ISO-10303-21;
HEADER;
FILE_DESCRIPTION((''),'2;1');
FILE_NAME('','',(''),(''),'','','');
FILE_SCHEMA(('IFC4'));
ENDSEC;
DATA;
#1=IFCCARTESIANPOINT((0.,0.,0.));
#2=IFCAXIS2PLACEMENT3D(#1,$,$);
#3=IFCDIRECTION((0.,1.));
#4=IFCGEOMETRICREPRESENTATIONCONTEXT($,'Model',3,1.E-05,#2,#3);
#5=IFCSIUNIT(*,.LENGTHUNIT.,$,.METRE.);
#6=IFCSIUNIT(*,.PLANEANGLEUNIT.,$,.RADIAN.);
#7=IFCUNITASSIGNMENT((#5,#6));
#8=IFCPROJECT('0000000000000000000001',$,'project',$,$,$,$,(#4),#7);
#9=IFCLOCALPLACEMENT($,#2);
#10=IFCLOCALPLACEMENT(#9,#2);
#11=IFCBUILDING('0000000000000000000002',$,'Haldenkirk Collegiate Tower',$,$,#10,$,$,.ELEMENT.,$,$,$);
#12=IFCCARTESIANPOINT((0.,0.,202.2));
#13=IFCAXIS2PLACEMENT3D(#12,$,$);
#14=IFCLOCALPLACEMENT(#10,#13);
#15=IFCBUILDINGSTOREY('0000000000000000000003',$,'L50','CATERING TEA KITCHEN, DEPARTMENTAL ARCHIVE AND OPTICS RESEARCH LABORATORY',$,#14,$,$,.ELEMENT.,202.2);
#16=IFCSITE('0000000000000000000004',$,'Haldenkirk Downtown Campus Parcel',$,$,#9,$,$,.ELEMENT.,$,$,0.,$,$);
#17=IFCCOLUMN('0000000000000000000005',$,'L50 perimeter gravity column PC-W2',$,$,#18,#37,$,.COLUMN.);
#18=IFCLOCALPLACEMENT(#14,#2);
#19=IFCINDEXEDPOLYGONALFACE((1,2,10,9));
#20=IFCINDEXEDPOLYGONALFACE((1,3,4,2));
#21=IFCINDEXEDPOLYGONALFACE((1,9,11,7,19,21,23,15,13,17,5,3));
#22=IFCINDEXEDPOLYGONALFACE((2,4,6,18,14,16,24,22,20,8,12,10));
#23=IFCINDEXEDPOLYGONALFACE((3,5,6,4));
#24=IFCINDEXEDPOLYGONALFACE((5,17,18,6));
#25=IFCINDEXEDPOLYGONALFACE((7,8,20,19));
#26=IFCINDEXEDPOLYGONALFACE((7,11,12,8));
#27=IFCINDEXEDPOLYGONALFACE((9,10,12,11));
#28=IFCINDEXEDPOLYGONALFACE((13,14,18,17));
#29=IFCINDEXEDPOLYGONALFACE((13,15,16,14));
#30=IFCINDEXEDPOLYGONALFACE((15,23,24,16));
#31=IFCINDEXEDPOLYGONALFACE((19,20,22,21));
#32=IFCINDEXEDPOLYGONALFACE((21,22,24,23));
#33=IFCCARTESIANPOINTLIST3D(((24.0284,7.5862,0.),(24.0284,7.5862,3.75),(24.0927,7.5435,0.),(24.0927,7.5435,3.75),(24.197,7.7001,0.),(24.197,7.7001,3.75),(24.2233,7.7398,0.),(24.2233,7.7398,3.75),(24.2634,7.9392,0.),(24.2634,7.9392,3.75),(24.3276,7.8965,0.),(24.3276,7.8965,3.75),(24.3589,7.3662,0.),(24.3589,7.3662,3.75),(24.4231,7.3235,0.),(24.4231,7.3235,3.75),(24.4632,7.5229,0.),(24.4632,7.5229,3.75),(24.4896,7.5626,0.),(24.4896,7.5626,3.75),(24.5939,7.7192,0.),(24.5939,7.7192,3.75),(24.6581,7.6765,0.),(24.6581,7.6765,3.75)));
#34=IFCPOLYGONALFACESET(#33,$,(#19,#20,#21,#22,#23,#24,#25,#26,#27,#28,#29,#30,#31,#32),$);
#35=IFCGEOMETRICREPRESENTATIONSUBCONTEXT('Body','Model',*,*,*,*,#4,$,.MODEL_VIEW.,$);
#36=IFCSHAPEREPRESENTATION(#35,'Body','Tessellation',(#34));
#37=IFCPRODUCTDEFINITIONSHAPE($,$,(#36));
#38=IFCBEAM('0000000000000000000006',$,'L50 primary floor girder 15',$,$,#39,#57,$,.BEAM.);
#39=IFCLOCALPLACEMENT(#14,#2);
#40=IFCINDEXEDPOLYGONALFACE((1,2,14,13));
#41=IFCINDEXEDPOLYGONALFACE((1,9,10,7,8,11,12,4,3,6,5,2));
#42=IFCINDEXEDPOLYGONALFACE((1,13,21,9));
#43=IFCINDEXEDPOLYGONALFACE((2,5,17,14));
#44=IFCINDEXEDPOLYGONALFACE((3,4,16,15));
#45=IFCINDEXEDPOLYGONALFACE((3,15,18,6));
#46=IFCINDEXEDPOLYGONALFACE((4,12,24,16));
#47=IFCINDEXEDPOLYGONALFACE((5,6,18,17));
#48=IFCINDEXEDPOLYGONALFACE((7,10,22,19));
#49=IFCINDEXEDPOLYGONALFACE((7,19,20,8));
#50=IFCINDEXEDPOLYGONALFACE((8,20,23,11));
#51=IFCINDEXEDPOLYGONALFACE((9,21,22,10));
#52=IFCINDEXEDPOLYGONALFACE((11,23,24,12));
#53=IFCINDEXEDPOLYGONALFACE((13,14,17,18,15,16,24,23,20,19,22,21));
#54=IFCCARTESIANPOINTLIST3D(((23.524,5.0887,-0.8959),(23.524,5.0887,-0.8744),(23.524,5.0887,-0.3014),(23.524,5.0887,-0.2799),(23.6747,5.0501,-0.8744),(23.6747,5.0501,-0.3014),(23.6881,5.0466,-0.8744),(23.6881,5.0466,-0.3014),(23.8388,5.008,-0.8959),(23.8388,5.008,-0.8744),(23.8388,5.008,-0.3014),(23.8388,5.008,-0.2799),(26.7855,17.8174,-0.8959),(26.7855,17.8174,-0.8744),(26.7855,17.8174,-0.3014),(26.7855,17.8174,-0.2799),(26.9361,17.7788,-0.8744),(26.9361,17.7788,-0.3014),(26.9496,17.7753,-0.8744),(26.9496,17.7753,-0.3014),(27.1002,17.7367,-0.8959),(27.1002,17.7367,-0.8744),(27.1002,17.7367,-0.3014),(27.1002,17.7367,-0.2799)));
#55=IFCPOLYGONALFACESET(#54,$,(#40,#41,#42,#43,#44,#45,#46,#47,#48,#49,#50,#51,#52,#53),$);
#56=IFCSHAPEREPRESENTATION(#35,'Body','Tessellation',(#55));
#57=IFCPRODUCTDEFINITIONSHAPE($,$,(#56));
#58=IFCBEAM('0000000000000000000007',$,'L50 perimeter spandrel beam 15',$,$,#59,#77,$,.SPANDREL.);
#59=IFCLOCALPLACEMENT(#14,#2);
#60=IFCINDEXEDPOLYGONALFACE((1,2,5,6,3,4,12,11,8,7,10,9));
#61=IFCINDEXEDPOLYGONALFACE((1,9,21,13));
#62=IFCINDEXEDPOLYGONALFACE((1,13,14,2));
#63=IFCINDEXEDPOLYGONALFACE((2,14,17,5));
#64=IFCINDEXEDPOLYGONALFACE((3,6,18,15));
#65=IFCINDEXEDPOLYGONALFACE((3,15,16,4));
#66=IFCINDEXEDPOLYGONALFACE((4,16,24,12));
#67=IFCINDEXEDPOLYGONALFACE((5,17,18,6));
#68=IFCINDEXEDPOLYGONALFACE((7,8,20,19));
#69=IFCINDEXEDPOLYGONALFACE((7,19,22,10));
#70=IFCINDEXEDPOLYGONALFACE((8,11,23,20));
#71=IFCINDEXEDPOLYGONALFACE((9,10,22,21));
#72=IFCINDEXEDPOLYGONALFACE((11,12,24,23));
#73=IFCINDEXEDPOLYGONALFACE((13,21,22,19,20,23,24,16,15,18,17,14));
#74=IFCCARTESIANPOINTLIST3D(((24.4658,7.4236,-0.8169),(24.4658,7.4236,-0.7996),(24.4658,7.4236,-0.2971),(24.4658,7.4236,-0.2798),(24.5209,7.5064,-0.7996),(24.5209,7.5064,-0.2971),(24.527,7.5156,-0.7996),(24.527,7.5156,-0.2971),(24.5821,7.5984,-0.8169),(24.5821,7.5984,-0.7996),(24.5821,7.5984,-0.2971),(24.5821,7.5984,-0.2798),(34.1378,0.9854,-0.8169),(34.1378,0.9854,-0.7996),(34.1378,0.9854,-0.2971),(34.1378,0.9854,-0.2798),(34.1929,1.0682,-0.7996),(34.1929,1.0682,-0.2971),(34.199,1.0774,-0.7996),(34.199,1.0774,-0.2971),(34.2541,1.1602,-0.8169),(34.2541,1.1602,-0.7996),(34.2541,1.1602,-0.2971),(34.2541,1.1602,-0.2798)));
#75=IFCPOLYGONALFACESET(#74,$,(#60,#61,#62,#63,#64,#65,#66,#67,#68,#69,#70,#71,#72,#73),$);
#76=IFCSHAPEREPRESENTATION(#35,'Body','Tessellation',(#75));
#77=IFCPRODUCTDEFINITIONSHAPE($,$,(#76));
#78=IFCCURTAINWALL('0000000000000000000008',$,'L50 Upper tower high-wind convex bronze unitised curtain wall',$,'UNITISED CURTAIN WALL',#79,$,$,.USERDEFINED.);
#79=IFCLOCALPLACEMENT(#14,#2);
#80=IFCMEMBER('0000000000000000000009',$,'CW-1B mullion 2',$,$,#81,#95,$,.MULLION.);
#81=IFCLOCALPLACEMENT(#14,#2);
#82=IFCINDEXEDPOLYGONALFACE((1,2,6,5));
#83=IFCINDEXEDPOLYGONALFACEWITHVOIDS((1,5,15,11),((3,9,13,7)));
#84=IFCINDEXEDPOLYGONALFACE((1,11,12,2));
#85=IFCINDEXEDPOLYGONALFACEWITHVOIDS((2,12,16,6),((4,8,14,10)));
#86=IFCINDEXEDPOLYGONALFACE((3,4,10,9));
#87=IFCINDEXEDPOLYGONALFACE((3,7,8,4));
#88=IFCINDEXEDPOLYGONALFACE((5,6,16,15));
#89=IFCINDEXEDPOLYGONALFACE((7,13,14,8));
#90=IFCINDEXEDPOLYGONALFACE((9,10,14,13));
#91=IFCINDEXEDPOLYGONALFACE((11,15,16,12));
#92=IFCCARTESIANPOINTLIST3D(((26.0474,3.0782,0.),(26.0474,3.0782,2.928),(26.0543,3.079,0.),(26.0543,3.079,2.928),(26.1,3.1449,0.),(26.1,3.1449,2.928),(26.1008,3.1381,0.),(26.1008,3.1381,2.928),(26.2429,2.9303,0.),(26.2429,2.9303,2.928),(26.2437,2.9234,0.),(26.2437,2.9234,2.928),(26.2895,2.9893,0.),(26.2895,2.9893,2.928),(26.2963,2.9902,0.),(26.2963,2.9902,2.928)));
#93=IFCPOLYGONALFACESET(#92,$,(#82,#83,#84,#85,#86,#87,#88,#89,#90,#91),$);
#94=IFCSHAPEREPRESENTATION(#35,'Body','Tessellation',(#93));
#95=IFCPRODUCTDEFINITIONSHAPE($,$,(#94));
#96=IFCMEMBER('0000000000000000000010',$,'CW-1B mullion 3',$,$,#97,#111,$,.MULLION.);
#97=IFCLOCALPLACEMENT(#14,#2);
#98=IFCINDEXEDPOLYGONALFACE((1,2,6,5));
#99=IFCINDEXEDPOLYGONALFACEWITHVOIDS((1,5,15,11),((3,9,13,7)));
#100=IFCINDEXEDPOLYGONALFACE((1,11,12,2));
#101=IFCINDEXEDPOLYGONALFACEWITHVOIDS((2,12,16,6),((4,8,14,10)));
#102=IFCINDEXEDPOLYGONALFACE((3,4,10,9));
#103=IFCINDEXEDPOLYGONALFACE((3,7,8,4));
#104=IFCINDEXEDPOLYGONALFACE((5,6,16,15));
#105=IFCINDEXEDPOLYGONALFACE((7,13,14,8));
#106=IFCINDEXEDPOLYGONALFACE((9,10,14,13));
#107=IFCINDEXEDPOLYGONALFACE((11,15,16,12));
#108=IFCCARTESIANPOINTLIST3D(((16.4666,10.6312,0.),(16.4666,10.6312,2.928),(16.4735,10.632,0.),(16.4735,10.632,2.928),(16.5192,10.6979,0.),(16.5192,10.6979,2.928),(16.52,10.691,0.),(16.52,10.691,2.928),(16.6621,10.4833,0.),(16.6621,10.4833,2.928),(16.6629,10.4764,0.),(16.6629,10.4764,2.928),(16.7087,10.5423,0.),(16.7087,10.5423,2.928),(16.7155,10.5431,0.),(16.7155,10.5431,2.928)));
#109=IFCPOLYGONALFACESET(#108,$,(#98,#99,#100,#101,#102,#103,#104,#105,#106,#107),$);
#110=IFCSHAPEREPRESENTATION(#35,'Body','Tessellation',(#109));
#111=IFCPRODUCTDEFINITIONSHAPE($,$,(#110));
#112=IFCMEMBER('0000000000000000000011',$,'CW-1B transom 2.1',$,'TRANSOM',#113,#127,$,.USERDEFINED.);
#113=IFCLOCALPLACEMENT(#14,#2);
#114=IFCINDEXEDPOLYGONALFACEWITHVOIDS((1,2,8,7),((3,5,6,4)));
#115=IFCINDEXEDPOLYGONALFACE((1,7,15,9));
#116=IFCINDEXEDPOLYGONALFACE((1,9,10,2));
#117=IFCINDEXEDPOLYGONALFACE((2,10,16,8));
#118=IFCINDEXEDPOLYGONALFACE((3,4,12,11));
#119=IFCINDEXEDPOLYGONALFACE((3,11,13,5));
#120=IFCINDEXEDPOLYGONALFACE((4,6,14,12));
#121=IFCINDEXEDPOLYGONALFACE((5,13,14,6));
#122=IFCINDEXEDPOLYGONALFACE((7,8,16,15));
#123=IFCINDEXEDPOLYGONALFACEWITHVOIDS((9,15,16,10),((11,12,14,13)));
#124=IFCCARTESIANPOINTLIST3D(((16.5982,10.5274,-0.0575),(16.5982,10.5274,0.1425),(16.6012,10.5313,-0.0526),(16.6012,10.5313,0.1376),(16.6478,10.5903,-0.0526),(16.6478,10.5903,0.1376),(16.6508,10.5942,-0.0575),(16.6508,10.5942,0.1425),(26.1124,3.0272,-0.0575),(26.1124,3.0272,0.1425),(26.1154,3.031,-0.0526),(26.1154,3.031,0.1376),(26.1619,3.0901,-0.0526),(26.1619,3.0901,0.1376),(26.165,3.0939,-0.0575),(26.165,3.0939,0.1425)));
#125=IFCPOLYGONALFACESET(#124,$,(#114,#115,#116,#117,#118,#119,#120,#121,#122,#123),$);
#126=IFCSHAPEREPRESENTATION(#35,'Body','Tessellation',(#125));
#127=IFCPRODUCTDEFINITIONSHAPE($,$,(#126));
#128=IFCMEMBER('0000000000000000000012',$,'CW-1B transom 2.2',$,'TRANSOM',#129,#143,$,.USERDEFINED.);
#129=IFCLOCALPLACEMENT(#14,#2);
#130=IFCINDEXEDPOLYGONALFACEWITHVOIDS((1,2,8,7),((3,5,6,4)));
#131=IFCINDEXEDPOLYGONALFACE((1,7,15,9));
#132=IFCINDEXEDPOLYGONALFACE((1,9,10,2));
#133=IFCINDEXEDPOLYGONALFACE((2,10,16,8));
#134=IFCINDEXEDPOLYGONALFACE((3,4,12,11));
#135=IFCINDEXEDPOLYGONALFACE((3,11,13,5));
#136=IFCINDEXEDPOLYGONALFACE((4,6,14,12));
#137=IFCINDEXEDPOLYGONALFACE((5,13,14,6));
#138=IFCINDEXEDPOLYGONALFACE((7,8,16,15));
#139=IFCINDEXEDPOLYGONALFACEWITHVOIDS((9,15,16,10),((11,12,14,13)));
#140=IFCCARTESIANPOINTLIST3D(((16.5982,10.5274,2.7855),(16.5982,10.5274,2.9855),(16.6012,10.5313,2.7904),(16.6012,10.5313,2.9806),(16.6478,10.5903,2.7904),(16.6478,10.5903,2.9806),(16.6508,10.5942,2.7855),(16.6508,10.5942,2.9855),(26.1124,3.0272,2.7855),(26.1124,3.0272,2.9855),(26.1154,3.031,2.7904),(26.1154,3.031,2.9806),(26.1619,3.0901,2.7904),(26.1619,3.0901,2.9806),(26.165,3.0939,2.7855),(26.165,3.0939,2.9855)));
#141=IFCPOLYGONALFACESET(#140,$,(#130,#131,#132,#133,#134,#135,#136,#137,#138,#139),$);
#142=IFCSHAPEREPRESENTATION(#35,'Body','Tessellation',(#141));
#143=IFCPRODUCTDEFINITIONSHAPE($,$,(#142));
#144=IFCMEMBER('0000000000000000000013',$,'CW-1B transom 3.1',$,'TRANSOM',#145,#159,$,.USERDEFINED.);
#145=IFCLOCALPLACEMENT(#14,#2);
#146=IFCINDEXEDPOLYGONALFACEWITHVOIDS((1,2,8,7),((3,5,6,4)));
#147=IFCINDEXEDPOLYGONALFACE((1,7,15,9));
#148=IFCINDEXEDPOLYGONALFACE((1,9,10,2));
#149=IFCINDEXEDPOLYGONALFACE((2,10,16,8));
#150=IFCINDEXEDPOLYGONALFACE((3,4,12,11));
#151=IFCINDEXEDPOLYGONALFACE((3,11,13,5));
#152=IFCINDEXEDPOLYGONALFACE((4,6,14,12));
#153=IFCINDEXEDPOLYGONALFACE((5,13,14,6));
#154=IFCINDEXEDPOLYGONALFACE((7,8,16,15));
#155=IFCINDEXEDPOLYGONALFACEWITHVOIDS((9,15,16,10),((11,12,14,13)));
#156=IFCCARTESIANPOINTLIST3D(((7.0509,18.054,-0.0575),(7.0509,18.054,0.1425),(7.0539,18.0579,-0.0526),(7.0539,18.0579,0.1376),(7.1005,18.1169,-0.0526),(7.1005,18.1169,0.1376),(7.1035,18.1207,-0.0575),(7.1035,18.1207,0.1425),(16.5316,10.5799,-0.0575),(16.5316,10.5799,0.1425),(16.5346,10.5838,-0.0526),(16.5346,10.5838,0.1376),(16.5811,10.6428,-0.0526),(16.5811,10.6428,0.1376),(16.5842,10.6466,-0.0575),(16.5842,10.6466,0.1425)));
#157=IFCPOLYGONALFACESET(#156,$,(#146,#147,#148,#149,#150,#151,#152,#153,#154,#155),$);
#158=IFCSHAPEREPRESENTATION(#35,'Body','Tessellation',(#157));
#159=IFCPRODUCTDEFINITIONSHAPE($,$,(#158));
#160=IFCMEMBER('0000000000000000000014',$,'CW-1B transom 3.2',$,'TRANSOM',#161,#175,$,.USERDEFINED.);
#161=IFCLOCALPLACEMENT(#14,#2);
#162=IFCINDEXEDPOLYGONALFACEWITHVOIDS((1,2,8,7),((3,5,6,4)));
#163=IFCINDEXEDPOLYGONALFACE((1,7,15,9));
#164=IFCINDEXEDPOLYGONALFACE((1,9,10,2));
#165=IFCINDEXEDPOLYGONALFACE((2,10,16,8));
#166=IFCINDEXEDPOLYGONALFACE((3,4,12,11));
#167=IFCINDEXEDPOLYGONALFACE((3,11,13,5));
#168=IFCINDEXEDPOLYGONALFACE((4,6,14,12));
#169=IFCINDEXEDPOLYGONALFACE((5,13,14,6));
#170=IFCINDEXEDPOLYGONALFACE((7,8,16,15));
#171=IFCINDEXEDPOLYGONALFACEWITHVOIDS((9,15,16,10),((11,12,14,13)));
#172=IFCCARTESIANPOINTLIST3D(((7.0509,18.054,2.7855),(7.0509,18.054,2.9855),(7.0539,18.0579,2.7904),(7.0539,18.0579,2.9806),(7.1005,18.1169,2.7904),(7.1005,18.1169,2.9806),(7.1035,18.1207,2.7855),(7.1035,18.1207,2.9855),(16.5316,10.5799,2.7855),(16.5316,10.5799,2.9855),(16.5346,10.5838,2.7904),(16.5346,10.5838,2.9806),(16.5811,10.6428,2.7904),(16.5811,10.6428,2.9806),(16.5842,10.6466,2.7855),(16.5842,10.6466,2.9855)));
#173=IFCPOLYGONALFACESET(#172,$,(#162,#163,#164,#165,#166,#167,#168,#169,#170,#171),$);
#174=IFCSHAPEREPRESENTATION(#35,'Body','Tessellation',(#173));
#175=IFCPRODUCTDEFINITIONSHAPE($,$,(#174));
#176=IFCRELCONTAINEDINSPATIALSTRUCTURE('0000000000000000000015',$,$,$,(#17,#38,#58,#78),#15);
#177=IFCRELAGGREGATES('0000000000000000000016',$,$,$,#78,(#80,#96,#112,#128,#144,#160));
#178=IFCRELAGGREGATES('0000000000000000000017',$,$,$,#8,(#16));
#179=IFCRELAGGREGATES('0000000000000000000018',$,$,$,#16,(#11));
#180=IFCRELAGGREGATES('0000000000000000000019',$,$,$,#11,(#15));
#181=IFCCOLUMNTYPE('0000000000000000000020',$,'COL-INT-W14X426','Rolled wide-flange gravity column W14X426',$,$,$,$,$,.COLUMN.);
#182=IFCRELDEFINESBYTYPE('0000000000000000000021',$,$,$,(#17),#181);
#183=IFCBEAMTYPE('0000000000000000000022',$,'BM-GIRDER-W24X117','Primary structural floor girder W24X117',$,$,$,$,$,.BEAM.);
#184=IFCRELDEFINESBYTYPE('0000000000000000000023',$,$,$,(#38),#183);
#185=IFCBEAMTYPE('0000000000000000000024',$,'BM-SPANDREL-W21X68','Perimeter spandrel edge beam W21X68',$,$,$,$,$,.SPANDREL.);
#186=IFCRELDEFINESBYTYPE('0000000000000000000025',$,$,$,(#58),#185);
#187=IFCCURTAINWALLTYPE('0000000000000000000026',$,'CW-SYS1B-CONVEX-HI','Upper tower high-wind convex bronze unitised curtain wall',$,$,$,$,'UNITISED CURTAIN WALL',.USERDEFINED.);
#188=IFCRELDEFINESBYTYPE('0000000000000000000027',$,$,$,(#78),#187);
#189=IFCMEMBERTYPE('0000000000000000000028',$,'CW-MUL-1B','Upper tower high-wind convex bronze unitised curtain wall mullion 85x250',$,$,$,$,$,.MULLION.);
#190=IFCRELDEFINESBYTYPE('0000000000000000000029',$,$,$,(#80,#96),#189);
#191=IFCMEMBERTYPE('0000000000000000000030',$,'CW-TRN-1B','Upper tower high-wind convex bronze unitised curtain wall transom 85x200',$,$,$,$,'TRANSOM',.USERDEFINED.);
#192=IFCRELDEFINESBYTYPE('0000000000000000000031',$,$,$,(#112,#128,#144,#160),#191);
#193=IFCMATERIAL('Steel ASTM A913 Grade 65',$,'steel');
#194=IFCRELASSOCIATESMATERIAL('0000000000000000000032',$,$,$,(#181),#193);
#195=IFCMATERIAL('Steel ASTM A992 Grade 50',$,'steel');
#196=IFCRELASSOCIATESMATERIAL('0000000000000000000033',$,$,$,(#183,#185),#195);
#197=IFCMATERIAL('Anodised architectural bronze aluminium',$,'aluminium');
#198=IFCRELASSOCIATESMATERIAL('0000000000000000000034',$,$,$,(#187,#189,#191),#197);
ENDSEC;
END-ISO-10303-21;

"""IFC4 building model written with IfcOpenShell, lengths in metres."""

from ifc_helpers import new_model, si_unit, direction, frame, origin, origin_2d, place, context, subcontext, project, spatial, hollow_rectangle, i_section, extrude, material, material_profile, profile_set, type_object, element, aggregate, save


model = new_model("IFC4")

# Units and contexts
model_context = context("Model", 3, precision=1e-05, world=origin(), true_north=direction((0.0, 1.0)))
body_context = subcontext(model_context, "Body", "Model", "MODEL_VIEW")
ifc_project = project(units=[si_unit("LENGTHUNIT", "METRE"), si_unit("PLANEANGLEUNIT", "RADIAN")], contexts=[model_context])

# Site, building, storey
site_placement = place(None, origin())
site = spatial("IfcSite", under=ifc_project, at=site_placement, Name="Haldenkirk Downtown Campus Parcel", CompositionType="ELEMENT", RefElevation=0.0)
building_placement = place(site_placement, origin())
building = spatial("IfcBuilding", under=site, at=building_placement, Name="Haldenkirk Collegiate Tower", CompositionType="ELEMENT")
storey_placement = place(building_placement, frame((0.0, 0.0, 202.2)))
storey = spatial("IfcBuildingStorey", under=building, at=storey_placement, Name="L50", Description="CATERING TEA KITCHEN, DEPARTMENTAL ARCHIVE AND OPTICS RESEARCH LABORATORY", CompositionType="ELEMENT", Elevation=202.2)

# Column
ifc_material_1 = material(Name="Steel ASTM A913 Grade 65", Category="steel")
ifc_material_profile_1 = material_profile(ifc_material_1, i_section(OverallWidth=0.4241, OverallDepth=0.4741, WebThickness=0.0476, FlangeThickness=0.0771, at=origin_2d()), Name="W14X426")
ifc_profile_set_1 = profile_set([ifc_material_profile_1], Name="Steel ASTM A913 Grade 65")
column_type = type_object("IfcColumnType", Name="COL-INT-W14X426", Description="Rolled wide-flange gravity column W14X426", PredefinedType="COLUMN", material=ifc_profile_set_1)
column_placement = place(storey_placement, frame((24.3433, 7.6313, 0.0), z_axis=(0.0, 0.0, 1.0), x_axis=(0.554118, 0.832438, 0.0)))
element("IfcColumn", 1, at=column_placement, inside=storey, type_object=column_type, Name="L50 perimeter gravity column PC-W2", PredefinedType="COLUMN", context=body_context, shape_type="SweptSolid", body=[
    extrude(i_section(OverallWidth=0.4241, OverallDepth=0.4741, WebThickness=0.0476, FlangeThickness=0.0771, at=origin_2d()), origin(), (0.0, 0.0, 1.0), 3.75),
])

# Beams
ifc_material_2 = material(Name="Steel ASTM A992 Grade 50", Category="steel")
ifc_material_profile_2 = material_profile(ifc_material_2, i_section(OverallWidth=0.325, OverallDepth=0.616, WebThickness=0.0139, FlangeThickness=0.0215, at=origin_2d()), Name="W24X117")
ifc_profile_set_2 = profile_set([ifc_material_profile_2], Name="Steel ASTM A992 Grade 50")
beam_type_1 = type_object("IfcBeamType", Name="BM-GIRDER-W24X117", Description="Primary structural floor girder W24X117", PredefinedType="BEAM", material=ifc_profile_set_2)
beam_1_placement = place(storey_placement, frame((23.6814, 5.0483, -0.5879), z_axis=(0.24821, 0.968706, 0.0), x_axis=(-0.968706, 0.24821, 0.0)))
element("IfcBeam", 2, at=beam_1_placement, inside=storey, type_object=beam_type_1, Name="L50 primary floor girder 15", PredefinedType="BEAM", context=body_context, shape_type="SweptSolid", body=[
    extrude(i_section(OverallWidth=0.325, OverallDepth=0.616, WebThickness=0.0139, FlangeThickness=0.0215, at=origin_2d()), origin(), (0.0, 0.0, 1.0), 13.1399),
])
ifc_material_profile_3 = material_profile(ifc_material_2, i_section(OverallWidth=0.21, OverallDepth=0.5371, WebThickness=0.011, FlangeThickness=0.0173, at=origin_2d()), Name="W21X68")
ifc_profile_set_3 = profile_set([ifc_material_profile_3], Name="Steel ASTM A992 Grade 50")
beam_type_2 = type_object("IfcBeamType", Name="BM-SPANDREL-W21X68", Description="Perimeter spandrel edge beam W21X68", PredefinedType="SPANDREL", material=ifc_profile_set_3)
beam_2_placement = place(storey_placement, frame((24.5239, 7.511, -0.5483), z_axis=(0.832441, -0.554113, 0.0), x_axis=(0.554113, 0.832441, 0.0)))
element("IfcBeam", 3, at=beam_2_placement, inside=storey, type_object=beam_type_2, Name="L50 perimeter spandrel beam 15", PredefinedType="SPANDREL", context=body_context, shape_type="SweptSolid", body=[
    extrude(i_section(OverallWidth=0.21, OverallDepth=0.5371, WebThickness=0.011, FlangeThickness=0.0173, at=origin_2d()), origin(), (0.0, 0.0, 1.0), 11.6189),
])

# Curtain wall, members
ifc_material_3 = material(Name="Anodised architectural bronze aluminium", Category="aluminium")
curtain_wall_type = type_object("IfcCurtainWallType", Name="CW-SYS1B-CONVEX-HI", Description="Upper tower high-wind convex bronze unitised curtain wall", ElementType="UNITISED CURTAIN WALL", PredefinedType="USERDEFINED", material=ifc_material_3)
curtain_wall_placement = place(storey_placement, origin())
curtain_wall = element("IfcCurtainWall", 4, at=curtain_wall_placement, inside=storey, type_object=curtain_wall_type, Name="L50 Upper tower high-wind convex bronze unitised curtain wall", ObjectType="UNITISED CURTAIN WALL", PredefinedType="USERDEFINED")
ifc_material_profile_4 = material_profile(ifc_material_3, hollow_rectangle(XDim=0.085, YDim=0.25, WallThickness=0.0049, at=origin_2d()), Name="CW-MUL-1B")
ifc_profile_set_4 = profile_set([ifc_material_profile_4], Name="Anodised architectural bronze aluminium")
member_type_1 = type_object("IfcMemberType", Name="CW-MUL-1B", Description="Upper tower high-wind convex bronze unitised curtain wall mullion 85x250", PredefinedType="MULLION", material=ifc_profile_set_4)
member_1_placement = place(storey_placement, frame((26.1719, 3.0342, 0.0), z_axis=(0.0, 0.0, 1.0), x_axis=(-0.619095, -0.785316, 0.0)))
member_1 = element("IfcMember", 5, at=member_1_placement, type_object=member_type_1, Name="CW-1B mullion 2", PredefinedType="MULLION", context=body_context, shape_type="SweptSolid", body=[
    extrude(hollow_rectangle(XDim=0.085, YDim=0.25, WallThickness=0.0049, at=origin_2d()), origin(), (0.0, 0.0, 1.0), 2.928),
])
member_2_placement = place(storey_placement, frame((16.5911, 10.5872, 0.0), z_axis=(0.0, 0.0, 1.0), x_axis=(-0.619095, -0.785316, 0.0)))
member_2 = element("IfcMember", 6, at=member_2_placement, type_object=member_type_1, Name="CW-1B mullion 3", PredefinedType="MULLION", context=body_context, shape_type="SweptSolid", body=[
    extrude(hollow_rectangle(XDim=0.085, YDim=0.25, WallThickness=0.0049, at=origin_2d()), origin(), (0.0, 0.0, 1.0), 2.928),
])
ifc_material_profile_5 = material_profile(ifc_material_3, hollow_rectangle(XDim=0.085, YDim=0.2, WallThickness=0.0049, at=origin_2d()), Name="CW-TRN-1B")
ifc_profile_set_5 = profile_set([ifc_material_profile_5], Name="Anodised architectural bronze aluminium")
member_type_2 = type_object("IfcMemberType", Name="CW-TRN-1B", Description="Upper tower high-wind convex bronze unitised curtain wall transom 85x200", ElementType="TRANSOM", PredefinedType="USERDEFINED", material=ifc_profile_set_5)
member_3_placement = place(storey_placement, frame((26.1387, 3.0605, 0.0425), z_axis=(-0.785322, 0.619088, 0.0), x_axis=(-0.619088, -0.785322, 0.0)))
member_3 = element("IfcMember", 7, at=member_3_placement, type_object=member_type_2, Name="CW-1B transom 2.1", ObjectType="TRANSOM", PredefinedType="USERDEFINED", context=body_context, shape_type="SweptSolid", body=[
    extrude(hollow_rectangle(XDim=0.085, YDim=0.2, WallThickness=0.0049, at=origin_2d()), origin(), (0.0, 0.0, 1.0), 12.115),
])
member_4_placement = place(storey_placement, frame((26.1387, 3.0605, 2.8855), z_axis=(-0.785322, 0.619088, 0.0), x_axis=(-0.619088, -0.785322, 0.0)))
member_4 = element("IfcMember", 8, at=member_4_placement, type_object=member_type_2, Name="CW-1B transom 2.2", ObjectType="TRANSOM", PredefinedType="USERDEFINED", context=body_context, shape_type="SweptSolid", body=[
    extrude(hollow_rectangle(XDim=0.085, YDim=0.2, WallThickness=0.0049, at=origin_2d()), origin(), (0.0, 0.0, 1.0), 12.115),
])
member_5_placement = place(storey_placement, frame((16.5579, 10.6133, 0.0425), z_axis=(-0.785312, 0.619101, 0.0), x_axis=(-0.619101, -0.785312, 0.0)))
member_5 = element("IfcMember", 9, at=member_5_placement, type_object=member_type_2, Name="CW-1B transom 3.1", ObjectType="TRANSOM", PredefinedType="USERDEFINED", context=body_context, shape_type="SweptSolid", body=[
    extrude(hollow_rectangle(XDim=0.085, YDim=0.2, WallThickness=0.0049, at=origin_2d()), origin(), (0.0, 0.0, 1.0), 12.0725),
])
member_6_placement = place(storey_placement, frame((16.5579, 10.6133, 2.8855), z_axis=(-0.785312, 0.619101, 0.0), x_axis=(-0.619101, -0.785312, 0.0)))
member_6 = element("IfcMember", 10, at=member_6_placement, type_object=member_type_2, Name="CW-1B transom 3.2", ObjectType="TRANSOM", PredefinedType="USERDEFINED", context=body_context, shape_type="SweptSolid", body=[
    extrude(hollow_rectangle(XDim=0.085, YDim=0.2, WallThickness=0.0049, at=origin_2d()), origin(), (0.0, 0.0, 1.0), 12.0725),
])

aggregate(curtain_wall, [member_1, member_2, member_3, member_4, member_5, member_6])

save(model, "model.ifc")
